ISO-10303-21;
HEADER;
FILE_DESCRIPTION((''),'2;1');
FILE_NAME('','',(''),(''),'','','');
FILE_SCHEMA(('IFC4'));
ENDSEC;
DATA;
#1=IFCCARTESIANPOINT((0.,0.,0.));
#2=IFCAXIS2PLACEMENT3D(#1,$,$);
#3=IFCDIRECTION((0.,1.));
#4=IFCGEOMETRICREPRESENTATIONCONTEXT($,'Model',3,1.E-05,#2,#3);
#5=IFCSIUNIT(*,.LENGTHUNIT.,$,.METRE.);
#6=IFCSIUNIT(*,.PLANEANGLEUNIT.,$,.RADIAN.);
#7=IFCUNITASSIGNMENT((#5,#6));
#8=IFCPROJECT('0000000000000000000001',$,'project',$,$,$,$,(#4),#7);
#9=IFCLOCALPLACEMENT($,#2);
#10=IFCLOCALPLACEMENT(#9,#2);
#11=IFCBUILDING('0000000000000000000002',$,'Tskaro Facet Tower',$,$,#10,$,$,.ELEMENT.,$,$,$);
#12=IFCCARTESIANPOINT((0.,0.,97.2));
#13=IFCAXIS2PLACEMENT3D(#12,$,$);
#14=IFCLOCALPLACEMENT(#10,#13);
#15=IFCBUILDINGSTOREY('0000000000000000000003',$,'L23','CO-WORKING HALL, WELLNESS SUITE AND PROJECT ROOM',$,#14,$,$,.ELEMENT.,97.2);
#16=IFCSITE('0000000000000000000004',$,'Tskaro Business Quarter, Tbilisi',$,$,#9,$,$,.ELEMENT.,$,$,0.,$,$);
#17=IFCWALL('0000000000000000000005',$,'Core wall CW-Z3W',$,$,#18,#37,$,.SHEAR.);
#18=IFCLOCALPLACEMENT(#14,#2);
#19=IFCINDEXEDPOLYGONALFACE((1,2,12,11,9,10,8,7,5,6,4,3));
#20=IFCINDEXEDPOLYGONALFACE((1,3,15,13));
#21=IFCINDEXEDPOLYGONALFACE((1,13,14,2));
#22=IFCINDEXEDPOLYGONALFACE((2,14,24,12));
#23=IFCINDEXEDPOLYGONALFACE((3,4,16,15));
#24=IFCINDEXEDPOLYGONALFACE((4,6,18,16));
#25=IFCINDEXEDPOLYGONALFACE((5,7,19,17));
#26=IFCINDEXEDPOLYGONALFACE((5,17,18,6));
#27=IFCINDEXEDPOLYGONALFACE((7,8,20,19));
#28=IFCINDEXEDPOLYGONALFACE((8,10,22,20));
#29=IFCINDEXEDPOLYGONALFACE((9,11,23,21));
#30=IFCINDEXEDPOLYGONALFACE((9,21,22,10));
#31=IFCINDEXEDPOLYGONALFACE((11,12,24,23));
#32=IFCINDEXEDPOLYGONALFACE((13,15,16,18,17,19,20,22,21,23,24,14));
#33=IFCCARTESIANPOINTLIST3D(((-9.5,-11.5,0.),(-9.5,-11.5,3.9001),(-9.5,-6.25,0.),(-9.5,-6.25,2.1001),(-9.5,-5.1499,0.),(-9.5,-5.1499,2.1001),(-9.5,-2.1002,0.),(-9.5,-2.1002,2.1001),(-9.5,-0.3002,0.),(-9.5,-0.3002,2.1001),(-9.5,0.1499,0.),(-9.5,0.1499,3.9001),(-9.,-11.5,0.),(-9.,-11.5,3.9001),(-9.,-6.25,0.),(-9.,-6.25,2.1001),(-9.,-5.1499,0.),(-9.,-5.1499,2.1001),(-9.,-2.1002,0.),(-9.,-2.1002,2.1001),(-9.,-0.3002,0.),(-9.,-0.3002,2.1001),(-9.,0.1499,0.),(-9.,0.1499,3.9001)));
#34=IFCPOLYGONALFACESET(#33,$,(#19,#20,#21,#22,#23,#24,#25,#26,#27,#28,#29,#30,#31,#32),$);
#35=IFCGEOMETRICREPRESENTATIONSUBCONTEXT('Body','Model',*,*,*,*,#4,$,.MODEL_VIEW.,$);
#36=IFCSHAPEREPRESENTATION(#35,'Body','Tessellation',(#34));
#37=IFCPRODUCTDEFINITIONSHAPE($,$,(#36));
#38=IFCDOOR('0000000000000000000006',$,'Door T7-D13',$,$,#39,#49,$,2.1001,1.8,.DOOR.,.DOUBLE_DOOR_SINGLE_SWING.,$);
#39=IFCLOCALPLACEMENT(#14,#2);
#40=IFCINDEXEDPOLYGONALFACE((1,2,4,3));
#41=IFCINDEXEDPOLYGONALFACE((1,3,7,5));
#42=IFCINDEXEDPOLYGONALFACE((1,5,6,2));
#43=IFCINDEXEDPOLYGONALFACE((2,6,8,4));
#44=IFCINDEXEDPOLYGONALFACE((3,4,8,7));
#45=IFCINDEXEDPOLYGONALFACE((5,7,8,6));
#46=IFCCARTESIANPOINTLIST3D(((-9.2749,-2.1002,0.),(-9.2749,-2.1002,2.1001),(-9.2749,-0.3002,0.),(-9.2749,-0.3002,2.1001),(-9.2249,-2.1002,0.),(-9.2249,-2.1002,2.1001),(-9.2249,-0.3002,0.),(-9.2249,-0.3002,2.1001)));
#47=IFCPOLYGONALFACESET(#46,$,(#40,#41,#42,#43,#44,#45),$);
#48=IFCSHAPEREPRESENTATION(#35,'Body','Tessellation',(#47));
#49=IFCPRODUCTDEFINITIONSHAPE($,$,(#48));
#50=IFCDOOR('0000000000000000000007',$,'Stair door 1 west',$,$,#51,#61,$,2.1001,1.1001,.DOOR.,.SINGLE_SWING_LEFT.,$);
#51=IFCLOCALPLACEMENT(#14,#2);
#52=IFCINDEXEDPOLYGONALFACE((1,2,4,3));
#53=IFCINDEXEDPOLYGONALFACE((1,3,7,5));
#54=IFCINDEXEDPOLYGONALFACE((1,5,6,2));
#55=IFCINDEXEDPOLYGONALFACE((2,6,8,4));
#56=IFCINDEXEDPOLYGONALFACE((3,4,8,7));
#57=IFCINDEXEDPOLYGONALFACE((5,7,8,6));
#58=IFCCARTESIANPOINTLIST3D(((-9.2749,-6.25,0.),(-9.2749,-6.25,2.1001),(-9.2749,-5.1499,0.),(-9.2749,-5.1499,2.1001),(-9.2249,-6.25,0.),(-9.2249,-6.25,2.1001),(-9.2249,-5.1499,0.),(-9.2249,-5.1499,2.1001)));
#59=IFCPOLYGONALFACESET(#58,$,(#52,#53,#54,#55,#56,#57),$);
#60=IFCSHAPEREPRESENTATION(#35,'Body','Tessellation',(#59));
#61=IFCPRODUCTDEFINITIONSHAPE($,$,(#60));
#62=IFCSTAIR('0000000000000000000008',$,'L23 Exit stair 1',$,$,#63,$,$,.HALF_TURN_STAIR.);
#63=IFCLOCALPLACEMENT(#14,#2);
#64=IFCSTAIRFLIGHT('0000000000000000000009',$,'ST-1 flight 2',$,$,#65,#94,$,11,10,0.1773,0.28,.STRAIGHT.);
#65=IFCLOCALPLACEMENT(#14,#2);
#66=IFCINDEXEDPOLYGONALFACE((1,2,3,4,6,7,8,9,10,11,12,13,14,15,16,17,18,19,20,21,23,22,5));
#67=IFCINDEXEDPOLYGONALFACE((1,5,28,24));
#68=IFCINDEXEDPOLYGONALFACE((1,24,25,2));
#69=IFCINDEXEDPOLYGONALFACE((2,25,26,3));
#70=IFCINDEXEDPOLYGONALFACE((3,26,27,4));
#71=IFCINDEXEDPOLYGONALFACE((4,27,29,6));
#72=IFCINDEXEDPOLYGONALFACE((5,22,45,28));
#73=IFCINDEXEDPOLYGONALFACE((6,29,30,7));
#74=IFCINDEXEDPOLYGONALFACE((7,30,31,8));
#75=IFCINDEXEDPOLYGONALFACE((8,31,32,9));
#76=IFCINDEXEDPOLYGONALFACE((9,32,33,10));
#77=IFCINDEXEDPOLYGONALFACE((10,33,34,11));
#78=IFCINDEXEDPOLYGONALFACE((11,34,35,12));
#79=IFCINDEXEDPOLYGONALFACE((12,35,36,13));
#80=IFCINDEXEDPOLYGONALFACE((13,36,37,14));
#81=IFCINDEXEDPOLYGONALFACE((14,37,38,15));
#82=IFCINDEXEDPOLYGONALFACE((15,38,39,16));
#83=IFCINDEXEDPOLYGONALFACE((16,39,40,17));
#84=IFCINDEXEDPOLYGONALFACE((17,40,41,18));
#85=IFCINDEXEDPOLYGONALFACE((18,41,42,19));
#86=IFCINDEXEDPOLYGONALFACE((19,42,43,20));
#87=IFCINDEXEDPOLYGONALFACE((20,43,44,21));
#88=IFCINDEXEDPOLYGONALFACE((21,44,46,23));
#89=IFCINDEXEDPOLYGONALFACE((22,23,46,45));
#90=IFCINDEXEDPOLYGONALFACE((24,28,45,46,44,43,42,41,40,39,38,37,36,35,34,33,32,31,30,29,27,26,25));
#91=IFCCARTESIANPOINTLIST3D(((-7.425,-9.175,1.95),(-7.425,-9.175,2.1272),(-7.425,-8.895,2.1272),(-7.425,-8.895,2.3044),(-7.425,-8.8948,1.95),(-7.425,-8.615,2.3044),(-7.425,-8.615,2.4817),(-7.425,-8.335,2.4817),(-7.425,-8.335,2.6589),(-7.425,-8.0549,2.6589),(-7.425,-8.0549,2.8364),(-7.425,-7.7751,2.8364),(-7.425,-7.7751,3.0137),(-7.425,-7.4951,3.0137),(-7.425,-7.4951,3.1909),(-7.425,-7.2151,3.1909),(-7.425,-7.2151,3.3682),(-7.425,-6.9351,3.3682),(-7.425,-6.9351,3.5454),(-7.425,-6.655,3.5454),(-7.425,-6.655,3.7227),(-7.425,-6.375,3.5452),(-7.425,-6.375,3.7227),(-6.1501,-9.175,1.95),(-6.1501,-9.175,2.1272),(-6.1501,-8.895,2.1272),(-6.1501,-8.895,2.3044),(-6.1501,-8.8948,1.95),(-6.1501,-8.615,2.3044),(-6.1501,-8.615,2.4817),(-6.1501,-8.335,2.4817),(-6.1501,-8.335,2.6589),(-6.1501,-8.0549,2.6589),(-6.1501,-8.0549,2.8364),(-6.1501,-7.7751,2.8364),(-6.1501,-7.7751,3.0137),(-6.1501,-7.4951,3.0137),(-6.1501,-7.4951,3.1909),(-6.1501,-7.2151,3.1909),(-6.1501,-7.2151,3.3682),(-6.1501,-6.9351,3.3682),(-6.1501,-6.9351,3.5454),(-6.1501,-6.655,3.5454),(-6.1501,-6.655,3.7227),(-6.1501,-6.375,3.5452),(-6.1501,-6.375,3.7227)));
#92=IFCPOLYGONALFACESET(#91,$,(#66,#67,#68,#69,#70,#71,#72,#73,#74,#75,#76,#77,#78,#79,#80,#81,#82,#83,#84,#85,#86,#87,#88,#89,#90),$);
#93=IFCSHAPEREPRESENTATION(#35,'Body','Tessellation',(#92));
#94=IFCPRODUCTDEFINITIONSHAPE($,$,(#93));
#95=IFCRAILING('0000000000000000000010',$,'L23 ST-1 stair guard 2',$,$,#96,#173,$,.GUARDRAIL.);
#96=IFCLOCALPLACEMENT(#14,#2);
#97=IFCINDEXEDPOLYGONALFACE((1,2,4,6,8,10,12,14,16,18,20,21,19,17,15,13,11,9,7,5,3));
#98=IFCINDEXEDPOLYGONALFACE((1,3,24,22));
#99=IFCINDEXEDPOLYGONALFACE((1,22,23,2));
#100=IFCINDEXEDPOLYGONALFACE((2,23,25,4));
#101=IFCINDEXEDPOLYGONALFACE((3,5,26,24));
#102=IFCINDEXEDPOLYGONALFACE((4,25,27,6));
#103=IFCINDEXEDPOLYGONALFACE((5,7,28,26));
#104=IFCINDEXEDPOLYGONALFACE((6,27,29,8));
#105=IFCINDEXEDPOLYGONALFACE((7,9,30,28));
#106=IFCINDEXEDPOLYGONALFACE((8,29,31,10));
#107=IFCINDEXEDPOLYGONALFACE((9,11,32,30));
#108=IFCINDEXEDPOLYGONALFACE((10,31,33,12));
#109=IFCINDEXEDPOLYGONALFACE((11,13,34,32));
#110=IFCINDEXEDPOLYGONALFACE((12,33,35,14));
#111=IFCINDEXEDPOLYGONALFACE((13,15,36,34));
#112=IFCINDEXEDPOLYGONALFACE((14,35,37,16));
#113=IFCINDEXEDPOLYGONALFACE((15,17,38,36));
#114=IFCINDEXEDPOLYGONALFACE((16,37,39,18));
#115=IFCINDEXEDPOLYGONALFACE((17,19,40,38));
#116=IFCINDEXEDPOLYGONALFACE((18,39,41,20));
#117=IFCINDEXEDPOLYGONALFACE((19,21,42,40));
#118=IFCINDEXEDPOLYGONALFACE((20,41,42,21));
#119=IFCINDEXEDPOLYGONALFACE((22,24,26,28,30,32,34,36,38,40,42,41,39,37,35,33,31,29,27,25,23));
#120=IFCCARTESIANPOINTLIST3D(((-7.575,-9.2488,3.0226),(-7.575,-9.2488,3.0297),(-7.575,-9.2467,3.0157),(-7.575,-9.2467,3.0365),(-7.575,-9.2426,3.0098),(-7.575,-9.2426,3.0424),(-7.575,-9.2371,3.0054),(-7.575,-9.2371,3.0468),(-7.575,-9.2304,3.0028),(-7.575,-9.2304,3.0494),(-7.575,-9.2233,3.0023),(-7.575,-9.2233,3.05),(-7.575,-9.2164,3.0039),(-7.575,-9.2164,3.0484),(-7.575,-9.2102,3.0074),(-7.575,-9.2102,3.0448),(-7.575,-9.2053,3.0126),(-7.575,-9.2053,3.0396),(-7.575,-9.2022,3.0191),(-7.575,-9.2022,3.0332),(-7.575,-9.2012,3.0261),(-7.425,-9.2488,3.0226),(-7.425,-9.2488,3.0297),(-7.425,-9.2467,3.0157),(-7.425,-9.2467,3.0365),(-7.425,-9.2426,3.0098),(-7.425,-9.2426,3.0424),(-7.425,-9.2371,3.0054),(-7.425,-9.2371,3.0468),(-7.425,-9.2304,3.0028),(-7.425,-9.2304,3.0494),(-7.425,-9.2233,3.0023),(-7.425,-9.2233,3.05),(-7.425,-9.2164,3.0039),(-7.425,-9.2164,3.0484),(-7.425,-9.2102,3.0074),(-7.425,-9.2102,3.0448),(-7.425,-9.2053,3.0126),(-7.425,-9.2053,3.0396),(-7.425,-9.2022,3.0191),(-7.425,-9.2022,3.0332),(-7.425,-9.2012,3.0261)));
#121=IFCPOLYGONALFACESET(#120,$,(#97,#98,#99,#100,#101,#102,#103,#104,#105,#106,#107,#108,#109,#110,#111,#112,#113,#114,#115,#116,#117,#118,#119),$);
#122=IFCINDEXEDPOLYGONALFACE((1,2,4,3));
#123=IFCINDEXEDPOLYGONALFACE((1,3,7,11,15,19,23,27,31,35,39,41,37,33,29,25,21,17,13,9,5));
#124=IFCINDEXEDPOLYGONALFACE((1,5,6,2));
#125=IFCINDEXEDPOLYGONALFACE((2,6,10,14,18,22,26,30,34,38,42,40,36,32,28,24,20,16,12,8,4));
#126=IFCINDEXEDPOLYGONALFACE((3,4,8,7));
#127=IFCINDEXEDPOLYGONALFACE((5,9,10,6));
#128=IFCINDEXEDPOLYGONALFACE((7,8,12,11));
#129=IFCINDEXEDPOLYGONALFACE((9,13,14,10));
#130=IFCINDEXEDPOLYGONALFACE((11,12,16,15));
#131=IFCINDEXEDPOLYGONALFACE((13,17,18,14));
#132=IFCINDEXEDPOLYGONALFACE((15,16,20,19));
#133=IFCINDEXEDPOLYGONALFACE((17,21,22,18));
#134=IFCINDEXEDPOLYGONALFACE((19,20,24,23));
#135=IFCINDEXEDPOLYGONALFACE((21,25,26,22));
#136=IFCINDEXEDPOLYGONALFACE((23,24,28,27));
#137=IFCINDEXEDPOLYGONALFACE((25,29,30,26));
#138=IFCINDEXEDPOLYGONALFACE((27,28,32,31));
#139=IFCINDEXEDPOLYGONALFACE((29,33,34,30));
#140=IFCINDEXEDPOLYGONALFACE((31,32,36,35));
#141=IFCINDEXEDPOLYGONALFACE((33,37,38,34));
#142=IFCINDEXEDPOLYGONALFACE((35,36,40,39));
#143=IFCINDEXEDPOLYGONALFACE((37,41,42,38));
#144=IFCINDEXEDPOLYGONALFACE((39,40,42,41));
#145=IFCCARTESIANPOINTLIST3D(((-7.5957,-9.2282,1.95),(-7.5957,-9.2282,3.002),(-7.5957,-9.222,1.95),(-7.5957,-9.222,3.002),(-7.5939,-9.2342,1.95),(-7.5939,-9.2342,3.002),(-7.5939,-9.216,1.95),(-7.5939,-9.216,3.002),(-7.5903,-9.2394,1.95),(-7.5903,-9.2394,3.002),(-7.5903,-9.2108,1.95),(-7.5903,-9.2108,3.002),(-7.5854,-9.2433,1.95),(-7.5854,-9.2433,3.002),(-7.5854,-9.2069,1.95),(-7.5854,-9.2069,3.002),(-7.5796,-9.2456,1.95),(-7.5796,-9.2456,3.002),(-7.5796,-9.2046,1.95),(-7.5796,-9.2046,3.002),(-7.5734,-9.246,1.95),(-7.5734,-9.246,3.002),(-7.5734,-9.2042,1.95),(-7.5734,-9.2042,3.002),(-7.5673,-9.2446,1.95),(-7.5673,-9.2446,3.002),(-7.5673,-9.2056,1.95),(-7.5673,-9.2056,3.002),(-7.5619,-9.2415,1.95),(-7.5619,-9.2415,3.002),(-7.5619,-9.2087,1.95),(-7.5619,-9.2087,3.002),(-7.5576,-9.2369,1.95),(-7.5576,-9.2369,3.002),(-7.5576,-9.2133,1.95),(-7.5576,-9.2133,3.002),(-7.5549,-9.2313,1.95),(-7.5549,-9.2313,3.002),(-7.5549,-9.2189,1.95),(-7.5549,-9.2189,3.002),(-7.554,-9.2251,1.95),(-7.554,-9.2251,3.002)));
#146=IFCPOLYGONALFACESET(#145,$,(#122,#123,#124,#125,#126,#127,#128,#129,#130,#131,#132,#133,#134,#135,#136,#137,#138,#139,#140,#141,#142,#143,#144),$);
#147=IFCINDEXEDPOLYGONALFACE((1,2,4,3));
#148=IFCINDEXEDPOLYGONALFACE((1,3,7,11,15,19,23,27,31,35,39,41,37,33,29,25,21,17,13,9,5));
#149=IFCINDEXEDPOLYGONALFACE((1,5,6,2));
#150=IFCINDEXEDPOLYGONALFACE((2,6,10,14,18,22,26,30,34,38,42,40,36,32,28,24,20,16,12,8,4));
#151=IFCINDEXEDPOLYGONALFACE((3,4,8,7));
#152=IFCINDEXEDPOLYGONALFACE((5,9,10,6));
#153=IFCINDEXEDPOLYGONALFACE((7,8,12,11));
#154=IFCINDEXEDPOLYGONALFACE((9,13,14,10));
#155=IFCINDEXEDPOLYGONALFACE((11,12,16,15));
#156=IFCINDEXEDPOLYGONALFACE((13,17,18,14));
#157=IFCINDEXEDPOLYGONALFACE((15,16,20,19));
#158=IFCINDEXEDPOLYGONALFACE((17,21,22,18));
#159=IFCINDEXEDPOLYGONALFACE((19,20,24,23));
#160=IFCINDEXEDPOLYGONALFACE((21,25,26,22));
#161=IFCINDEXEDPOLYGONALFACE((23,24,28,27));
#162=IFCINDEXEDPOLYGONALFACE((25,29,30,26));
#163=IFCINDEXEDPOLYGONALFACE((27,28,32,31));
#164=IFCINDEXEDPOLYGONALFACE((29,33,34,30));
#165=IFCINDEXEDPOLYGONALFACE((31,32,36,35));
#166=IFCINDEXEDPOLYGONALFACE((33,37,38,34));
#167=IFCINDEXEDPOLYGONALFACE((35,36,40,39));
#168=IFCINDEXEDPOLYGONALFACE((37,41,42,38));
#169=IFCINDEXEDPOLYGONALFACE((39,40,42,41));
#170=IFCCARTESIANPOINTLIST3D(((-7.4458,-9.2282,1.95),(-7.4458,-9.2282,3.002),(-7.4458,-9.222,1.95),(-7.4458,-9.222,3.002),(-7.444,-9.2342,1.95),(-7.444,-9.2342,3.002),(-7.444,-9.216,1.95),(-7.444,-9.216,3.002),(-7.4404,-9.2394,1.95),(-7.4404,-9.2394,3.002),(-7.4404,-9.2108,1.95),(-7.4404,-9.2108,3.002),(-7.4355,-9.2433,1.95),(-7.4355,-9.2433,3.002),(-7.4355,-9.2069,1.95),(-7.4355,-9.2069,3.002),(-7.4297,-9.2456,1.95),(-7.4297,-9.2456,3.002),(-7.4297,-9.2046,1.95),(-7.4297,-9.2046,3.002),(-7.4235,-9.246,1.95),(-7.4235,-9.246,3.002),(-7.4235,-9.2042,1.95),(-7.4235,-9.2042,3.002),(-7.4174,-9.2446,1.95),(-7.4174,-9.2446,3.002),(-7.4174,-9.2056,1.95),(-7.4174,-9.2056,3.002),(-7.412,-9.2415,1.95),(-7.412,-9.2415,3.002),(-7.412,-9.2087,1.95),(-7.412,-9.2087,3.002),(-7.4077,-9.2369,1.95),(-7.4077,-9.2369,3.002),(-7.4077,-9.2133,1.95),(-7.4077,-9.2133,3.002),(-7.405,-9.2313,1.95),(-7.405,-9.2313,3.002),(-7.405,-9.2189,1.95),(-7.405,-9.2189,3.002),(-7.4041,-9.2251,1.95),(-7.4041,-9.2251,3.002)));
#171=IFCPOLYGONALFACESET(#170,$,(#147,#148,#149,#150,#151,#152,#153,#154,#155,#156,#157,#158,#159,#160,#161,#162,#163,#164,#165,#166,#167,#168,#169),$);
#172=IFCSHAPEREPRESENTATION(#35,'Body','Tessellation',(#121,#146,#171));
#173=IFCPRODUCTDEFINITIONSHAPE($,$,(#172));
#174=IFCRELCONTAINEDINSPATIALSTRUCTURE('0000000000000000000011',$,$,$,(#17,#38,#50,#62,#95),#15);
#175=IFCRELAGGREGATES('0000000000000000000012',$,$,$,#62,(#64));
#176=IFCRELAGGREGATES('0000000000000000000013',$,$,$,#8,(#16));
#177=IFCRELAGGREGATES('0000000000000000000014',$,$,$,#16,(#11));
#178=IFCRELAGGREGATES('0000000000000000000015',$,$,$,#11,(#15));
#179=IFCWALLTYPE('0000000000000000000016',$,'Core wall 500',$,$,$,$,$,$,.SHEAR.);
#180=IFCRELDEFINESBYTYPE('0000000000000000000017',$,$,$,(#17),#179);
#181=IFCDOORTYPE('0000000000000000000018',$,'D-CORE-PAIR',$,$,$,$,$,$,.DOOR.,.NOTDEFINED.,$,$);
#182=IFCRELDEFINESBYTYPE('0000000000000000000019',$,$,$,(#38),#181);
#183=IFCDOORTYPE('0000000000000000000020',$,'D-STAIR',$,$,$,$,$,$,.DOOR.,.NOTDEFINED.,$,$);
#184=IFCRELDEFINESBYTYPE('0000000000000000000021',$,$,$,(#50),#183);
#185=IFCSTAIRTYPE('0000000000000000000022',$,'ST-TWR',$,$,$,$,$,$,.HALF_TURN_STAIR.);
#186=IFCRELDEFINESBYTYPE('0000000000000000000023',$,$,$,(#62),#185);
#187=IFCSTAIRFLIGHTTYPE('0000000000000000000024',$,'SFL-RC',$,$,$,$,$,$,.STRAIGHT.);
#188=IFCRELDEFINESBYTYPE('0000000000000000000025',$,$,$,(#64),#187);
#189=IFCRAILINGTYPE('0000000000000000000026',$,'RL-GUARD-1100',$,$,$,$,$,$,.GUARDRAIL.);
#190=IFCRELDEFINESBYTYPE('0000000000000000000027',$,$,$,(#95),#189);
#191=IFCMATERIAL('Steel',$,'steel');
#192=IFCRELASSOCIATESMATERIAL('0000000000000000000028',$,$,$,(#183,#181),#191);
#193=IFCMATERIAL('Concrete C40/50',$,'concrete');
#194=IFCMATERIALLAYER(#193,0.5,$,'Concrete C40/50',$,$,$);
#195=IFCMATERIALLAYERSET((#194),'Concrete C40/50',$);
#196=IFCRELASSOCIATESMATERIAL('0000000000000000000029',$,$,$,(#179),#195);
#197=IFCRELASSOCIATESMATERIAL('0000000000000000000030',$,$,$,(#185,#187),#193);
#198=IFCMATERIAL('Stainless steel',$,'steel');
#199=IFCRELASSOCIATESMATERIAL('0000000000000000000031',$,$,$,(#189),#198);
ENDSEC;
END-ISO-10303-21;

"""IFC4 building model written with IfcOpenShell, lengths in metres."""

from ifc_helpers import new_model, si_unit, direction, frame, frame_2d, origin, origin_2d, place, context, subcontext, project, spatial, polyline, rectangle, circle, outline, extrude, material, layer, layer_set, type_object, element, fill, aggregate, save


model = new_model("IFC4")

# Units and contexts
model_context = context("Model", 3, precision=1e-05, world=origin(), true_north=direction((0.0, 1.0)))
body_context = subcontext(model_context, "Body", "Model", "MODEL_VIEW")
ifc_project = project(units=[si_unit("LENGTHUNIT", "METRE"), si_unit("PLANEANGLEUNIT", "RADIAN")], contexts=[model_context])

# Site, building, storey
site_placement = place(None, origin())
site = spatial("IfcSite", under=ifc_project, at=site_placement, Name="Tskaro Business Quarter, Tbilisi", CompositionType="ELEMENT", RefElevation=0.0)
building_placement = place(site_placement, origin())
building = spatial("IfcBuilding", under=site, at=building_placement, Name="Tskaro Facet Tower", CompositionType="ELEMENT")
storey_placement = place(building_placement, frame((0.0, 0.0, 97.2)))
storey = spatial("IfcBuildingStorey", under=building, at=storey_placement, Name="L23", Description="CO-WORKING HALL, WELLNESS SUITE AND PROJECT ROOM", CompositionType="ELEMENT", Elevation=97.2)

# Shared definitions
ifc_material_1 = material(Name="Stainless steel", Category="steel")

# Shared definitions
ifc_material_2 = material(Name="Steel", Category="steel")
door_type_1 = type_object("IfcDoorType", Name="D-STAIR", OperationType="NOTDEFINED", PredefinedType="DOOR", material=ifc_material_2)

# Wall, openings, doors
ifc_material_3 = material(Name="Concrete C40/50", Category="concrete")
ifc_layer_1 = layer(ifc_material_3, 0.5, Name="Concrete C40/50")
ifc_layer_set_1 = layer_set([ifc_layer_1], Name="Concrete C40/50")
wall_type_1 = type_object("IfcWallType", Name="Core wall 500", PredefinedType="SHEAR", material=ifc_layer_set_1)
wall_1_placement = place(storey_placement, frame((-9.25, -11.5, 0.0), z_axis=(0.0, 0.0, 1.0), x_axis=(0.0, 1.0, 0.0)))
wall_1 = element("IfcWall", 1, at=wall_1_placement, inside=storey, type_object=wall_type_1, Name="Core wall CW-Z3W", PredefinedType="SHEAR", context=body_context, shape_type="SweptSolid", body=[
    extrude(rectangle(XDim=11.6499, YDim=0.5, at=frame_2d((5.825, 0.0))), origin(), (0.0, 0.0, 1.0), 3.9001),
])
opening_1_placement = place(wall_1_placement, frame((9.3999, 0.0, 0.0)))
opening_1 = element("IfcOpeningElement", 2, at=opening_1_placement, cuts=wall_1, PredefinedType="OPENING", context=body_context, shape_type="SweptSolid", body=[
    extrude(rectangle(XDim=1.8, YDim=2.1001, at=frame_2d((0.8999, 1.05))), frame((0.0, 0.26, 0.0), z_axis=(0.0, -1.0, 0.0), x_axis=(1.0, 0.0, 0.0)), (0.0, 0.0, 1.0), 0.52),
])
opening_2_placement = place(wall_1_placement, frame((5.25, 0.0, 0.0)))
opening_2 = element("IfcOpeningElement", 3, at=opening_2_placement, cuts=wall_1, PredefinedType="OPENING", context=body_context, shape_type="SweptSolid", body=[
    extrude(rectangle(XDim=1.1001, YDim=2.1001, at=frame_2d((0.55, 1.05))), frame((0.0, 0.26, 0.0), z_axis=(0.0, -1.0, 0.0), x_axis=(1.0, 0.0, 0.0)), (0.0, 0.0, 1.0), 0.52),
])
door_type_2 = type_object("IfcDoorType", Name="D-CORE-PAIR", OperationType="NOTDEFINED", PredefinedType="DOOR", material=ifc_material_2)
door_1_placement = place(opening_1_placement, origin())
door_1 = element("IfcDoor", 4, at=door_1_placement, inside=storey, type_object=door_type_2, Name="Door T7-D13", OperationType="DOUBLE_DOOR_SINGLE_SWING", OverallHeight=2.1001, OverallWidth=1.8, PredefinedType="DOOR", context=body_context, shape_type="SweptSolid", body=[
    extrude(rectangle(XDim=1.8, YDim=2.1001, at=frame_2d((0.8999, 1.05))), frame((0.0, 0.0249, 0.0), z_axis=(0.0, -1.0, 0.0), x_axis=(1.0, 0.0, 0.0)), (0.0, 0.0, 1.0), 0.05),
])
fill(opening_1, door_1)
door_2_placement = place(opening_2_placement, origin())
door_2 = element("IfcDoor", 5, at=door_2_placement, inside=storey, type_object=door_type_1, Name="Stair door 1 west", OperationType="SINGLE_SWING_LEFT", OverallHeight=2.1001, OverallWidth=1.1001, PredefinedType="DOOR", context=body_context, shape_type="SweptSolid", body=[
    extrude(rectangle(XDim=1.1001, YDim=2.1001, at=frame_2d((0.55, 1.05))), frame((0.0, 0.0249, 0.0), z_axis=(0.0, -1.0, 0.0), x_axis=(1.0, 0.0, 0.0)), (0.0, 0.0, 1.0), 0.05),
])
fill(opening_2, door_2)

# Stair, stair flight
stair_type = type_object("IfcStairType", Name="ST-TWR", PredefinedType="HALF_TURN_STAIR", material=ifc_material_3)
stair_placement = place(storey_placement, origin())
stair = element("IfcStair", 6, at=stair_placement, inside=storey, type_object=stair_type, Name="L23 Exit stair 1", PredefinedType="HALF_TURN_STAIR")
stair_flight_type = type_object("IfcStairFlightType", Name="SFL-RC", PredefinedType="STRAIGHT", material=ifc_material_3)
stair_flight_placement = place(storey_placement, frame((-6.7876, -9.175, 1.95), z_axis=(0.0, 0.0, 1.0), x_axis=(0.0, 1.0, 0.0)))
stair_flight = element("IfcStairFlight", 7, at=stair_flight_placement, type_object=stair_flight_type, Name="ST-1 flight 2", NumberOfRisers=11, NumberOfTreads=10, PredefinedType="STRAIGHT", RiserHeight=0.1773, TreadLength=0.28, context=body_context, shape_type="SweptSolid", body=[
    extrude(outline(polyline([(0.0, 0.0), (0.0, 0.1772), (0.28, 0.1772), (0.28, 0.3545), (0.5601, 0.3545), (0.5601, 0.5317), (0.8401, 0.5317), (0.8401, 0.709), (1.1201, 0.709), (1.1201, 0.8865), (1.3999, 0.8865), (1.3999, 1.0637), (1.6799, 1.0637), (1.6799, 1.241), (1.96, 1.241), (1.96, 1.4182), (2.24, 1.4182), (2.24, 1.5955), (2.52, 1.5955), (2.52, 1.7727), (2.8, 1.7727), (2.8, 1.95), (2.8, 1.5952), (0.2803, 0.0), (0.0, 0.0)])), frame((0.0, 0.6375, 0.0), z_axis=(0.0, -1.0, 0.0), x_axis=(1.0, 0.0, 0.0)), (0.0, 0.0, 1.0), 1.2749),
])
aggregate(stair, [stair_flight])

# Railing
railing_type_1 = type_object("IfcRailingType", Name="RL-GUARD-1100", PredefinedType="GUARDRAIL", material=ifc_material_1)
railing_1_placement = place(storey_placement, frame((-7.575, -9.2251, 1.95)))
element("IfcRailing", 8, at=railing_1_placement, inside=storey, type_object=railing_type_1, Name="L23 ST-1 stair guard 2", PredefinedType="GUARDRAIL", context=body_context, shape_type="SweptSolid", body=[
    extrude(circle(Radius=0.0239, at=origin_2d()), frame((0.0, 0.0, 1.0762), z_axis=(1.0, 0.0, 0.0), x_axis=(0.0, 1.0, 0.0)), (0.0, 0.0, 1.0), 0.1499),
    extrude(circle(Radius=0.021, at=origin_2d()), origin(), (0.0, 0.0, 1.0), 1.052),
    extrude(circle(Radius=0.021, at=origin_2d()), frame((0.1499, 0.0, 0.0)), (0.0, 0.0, 1.0), 1.052),
])

save(model, "model.ifc")
